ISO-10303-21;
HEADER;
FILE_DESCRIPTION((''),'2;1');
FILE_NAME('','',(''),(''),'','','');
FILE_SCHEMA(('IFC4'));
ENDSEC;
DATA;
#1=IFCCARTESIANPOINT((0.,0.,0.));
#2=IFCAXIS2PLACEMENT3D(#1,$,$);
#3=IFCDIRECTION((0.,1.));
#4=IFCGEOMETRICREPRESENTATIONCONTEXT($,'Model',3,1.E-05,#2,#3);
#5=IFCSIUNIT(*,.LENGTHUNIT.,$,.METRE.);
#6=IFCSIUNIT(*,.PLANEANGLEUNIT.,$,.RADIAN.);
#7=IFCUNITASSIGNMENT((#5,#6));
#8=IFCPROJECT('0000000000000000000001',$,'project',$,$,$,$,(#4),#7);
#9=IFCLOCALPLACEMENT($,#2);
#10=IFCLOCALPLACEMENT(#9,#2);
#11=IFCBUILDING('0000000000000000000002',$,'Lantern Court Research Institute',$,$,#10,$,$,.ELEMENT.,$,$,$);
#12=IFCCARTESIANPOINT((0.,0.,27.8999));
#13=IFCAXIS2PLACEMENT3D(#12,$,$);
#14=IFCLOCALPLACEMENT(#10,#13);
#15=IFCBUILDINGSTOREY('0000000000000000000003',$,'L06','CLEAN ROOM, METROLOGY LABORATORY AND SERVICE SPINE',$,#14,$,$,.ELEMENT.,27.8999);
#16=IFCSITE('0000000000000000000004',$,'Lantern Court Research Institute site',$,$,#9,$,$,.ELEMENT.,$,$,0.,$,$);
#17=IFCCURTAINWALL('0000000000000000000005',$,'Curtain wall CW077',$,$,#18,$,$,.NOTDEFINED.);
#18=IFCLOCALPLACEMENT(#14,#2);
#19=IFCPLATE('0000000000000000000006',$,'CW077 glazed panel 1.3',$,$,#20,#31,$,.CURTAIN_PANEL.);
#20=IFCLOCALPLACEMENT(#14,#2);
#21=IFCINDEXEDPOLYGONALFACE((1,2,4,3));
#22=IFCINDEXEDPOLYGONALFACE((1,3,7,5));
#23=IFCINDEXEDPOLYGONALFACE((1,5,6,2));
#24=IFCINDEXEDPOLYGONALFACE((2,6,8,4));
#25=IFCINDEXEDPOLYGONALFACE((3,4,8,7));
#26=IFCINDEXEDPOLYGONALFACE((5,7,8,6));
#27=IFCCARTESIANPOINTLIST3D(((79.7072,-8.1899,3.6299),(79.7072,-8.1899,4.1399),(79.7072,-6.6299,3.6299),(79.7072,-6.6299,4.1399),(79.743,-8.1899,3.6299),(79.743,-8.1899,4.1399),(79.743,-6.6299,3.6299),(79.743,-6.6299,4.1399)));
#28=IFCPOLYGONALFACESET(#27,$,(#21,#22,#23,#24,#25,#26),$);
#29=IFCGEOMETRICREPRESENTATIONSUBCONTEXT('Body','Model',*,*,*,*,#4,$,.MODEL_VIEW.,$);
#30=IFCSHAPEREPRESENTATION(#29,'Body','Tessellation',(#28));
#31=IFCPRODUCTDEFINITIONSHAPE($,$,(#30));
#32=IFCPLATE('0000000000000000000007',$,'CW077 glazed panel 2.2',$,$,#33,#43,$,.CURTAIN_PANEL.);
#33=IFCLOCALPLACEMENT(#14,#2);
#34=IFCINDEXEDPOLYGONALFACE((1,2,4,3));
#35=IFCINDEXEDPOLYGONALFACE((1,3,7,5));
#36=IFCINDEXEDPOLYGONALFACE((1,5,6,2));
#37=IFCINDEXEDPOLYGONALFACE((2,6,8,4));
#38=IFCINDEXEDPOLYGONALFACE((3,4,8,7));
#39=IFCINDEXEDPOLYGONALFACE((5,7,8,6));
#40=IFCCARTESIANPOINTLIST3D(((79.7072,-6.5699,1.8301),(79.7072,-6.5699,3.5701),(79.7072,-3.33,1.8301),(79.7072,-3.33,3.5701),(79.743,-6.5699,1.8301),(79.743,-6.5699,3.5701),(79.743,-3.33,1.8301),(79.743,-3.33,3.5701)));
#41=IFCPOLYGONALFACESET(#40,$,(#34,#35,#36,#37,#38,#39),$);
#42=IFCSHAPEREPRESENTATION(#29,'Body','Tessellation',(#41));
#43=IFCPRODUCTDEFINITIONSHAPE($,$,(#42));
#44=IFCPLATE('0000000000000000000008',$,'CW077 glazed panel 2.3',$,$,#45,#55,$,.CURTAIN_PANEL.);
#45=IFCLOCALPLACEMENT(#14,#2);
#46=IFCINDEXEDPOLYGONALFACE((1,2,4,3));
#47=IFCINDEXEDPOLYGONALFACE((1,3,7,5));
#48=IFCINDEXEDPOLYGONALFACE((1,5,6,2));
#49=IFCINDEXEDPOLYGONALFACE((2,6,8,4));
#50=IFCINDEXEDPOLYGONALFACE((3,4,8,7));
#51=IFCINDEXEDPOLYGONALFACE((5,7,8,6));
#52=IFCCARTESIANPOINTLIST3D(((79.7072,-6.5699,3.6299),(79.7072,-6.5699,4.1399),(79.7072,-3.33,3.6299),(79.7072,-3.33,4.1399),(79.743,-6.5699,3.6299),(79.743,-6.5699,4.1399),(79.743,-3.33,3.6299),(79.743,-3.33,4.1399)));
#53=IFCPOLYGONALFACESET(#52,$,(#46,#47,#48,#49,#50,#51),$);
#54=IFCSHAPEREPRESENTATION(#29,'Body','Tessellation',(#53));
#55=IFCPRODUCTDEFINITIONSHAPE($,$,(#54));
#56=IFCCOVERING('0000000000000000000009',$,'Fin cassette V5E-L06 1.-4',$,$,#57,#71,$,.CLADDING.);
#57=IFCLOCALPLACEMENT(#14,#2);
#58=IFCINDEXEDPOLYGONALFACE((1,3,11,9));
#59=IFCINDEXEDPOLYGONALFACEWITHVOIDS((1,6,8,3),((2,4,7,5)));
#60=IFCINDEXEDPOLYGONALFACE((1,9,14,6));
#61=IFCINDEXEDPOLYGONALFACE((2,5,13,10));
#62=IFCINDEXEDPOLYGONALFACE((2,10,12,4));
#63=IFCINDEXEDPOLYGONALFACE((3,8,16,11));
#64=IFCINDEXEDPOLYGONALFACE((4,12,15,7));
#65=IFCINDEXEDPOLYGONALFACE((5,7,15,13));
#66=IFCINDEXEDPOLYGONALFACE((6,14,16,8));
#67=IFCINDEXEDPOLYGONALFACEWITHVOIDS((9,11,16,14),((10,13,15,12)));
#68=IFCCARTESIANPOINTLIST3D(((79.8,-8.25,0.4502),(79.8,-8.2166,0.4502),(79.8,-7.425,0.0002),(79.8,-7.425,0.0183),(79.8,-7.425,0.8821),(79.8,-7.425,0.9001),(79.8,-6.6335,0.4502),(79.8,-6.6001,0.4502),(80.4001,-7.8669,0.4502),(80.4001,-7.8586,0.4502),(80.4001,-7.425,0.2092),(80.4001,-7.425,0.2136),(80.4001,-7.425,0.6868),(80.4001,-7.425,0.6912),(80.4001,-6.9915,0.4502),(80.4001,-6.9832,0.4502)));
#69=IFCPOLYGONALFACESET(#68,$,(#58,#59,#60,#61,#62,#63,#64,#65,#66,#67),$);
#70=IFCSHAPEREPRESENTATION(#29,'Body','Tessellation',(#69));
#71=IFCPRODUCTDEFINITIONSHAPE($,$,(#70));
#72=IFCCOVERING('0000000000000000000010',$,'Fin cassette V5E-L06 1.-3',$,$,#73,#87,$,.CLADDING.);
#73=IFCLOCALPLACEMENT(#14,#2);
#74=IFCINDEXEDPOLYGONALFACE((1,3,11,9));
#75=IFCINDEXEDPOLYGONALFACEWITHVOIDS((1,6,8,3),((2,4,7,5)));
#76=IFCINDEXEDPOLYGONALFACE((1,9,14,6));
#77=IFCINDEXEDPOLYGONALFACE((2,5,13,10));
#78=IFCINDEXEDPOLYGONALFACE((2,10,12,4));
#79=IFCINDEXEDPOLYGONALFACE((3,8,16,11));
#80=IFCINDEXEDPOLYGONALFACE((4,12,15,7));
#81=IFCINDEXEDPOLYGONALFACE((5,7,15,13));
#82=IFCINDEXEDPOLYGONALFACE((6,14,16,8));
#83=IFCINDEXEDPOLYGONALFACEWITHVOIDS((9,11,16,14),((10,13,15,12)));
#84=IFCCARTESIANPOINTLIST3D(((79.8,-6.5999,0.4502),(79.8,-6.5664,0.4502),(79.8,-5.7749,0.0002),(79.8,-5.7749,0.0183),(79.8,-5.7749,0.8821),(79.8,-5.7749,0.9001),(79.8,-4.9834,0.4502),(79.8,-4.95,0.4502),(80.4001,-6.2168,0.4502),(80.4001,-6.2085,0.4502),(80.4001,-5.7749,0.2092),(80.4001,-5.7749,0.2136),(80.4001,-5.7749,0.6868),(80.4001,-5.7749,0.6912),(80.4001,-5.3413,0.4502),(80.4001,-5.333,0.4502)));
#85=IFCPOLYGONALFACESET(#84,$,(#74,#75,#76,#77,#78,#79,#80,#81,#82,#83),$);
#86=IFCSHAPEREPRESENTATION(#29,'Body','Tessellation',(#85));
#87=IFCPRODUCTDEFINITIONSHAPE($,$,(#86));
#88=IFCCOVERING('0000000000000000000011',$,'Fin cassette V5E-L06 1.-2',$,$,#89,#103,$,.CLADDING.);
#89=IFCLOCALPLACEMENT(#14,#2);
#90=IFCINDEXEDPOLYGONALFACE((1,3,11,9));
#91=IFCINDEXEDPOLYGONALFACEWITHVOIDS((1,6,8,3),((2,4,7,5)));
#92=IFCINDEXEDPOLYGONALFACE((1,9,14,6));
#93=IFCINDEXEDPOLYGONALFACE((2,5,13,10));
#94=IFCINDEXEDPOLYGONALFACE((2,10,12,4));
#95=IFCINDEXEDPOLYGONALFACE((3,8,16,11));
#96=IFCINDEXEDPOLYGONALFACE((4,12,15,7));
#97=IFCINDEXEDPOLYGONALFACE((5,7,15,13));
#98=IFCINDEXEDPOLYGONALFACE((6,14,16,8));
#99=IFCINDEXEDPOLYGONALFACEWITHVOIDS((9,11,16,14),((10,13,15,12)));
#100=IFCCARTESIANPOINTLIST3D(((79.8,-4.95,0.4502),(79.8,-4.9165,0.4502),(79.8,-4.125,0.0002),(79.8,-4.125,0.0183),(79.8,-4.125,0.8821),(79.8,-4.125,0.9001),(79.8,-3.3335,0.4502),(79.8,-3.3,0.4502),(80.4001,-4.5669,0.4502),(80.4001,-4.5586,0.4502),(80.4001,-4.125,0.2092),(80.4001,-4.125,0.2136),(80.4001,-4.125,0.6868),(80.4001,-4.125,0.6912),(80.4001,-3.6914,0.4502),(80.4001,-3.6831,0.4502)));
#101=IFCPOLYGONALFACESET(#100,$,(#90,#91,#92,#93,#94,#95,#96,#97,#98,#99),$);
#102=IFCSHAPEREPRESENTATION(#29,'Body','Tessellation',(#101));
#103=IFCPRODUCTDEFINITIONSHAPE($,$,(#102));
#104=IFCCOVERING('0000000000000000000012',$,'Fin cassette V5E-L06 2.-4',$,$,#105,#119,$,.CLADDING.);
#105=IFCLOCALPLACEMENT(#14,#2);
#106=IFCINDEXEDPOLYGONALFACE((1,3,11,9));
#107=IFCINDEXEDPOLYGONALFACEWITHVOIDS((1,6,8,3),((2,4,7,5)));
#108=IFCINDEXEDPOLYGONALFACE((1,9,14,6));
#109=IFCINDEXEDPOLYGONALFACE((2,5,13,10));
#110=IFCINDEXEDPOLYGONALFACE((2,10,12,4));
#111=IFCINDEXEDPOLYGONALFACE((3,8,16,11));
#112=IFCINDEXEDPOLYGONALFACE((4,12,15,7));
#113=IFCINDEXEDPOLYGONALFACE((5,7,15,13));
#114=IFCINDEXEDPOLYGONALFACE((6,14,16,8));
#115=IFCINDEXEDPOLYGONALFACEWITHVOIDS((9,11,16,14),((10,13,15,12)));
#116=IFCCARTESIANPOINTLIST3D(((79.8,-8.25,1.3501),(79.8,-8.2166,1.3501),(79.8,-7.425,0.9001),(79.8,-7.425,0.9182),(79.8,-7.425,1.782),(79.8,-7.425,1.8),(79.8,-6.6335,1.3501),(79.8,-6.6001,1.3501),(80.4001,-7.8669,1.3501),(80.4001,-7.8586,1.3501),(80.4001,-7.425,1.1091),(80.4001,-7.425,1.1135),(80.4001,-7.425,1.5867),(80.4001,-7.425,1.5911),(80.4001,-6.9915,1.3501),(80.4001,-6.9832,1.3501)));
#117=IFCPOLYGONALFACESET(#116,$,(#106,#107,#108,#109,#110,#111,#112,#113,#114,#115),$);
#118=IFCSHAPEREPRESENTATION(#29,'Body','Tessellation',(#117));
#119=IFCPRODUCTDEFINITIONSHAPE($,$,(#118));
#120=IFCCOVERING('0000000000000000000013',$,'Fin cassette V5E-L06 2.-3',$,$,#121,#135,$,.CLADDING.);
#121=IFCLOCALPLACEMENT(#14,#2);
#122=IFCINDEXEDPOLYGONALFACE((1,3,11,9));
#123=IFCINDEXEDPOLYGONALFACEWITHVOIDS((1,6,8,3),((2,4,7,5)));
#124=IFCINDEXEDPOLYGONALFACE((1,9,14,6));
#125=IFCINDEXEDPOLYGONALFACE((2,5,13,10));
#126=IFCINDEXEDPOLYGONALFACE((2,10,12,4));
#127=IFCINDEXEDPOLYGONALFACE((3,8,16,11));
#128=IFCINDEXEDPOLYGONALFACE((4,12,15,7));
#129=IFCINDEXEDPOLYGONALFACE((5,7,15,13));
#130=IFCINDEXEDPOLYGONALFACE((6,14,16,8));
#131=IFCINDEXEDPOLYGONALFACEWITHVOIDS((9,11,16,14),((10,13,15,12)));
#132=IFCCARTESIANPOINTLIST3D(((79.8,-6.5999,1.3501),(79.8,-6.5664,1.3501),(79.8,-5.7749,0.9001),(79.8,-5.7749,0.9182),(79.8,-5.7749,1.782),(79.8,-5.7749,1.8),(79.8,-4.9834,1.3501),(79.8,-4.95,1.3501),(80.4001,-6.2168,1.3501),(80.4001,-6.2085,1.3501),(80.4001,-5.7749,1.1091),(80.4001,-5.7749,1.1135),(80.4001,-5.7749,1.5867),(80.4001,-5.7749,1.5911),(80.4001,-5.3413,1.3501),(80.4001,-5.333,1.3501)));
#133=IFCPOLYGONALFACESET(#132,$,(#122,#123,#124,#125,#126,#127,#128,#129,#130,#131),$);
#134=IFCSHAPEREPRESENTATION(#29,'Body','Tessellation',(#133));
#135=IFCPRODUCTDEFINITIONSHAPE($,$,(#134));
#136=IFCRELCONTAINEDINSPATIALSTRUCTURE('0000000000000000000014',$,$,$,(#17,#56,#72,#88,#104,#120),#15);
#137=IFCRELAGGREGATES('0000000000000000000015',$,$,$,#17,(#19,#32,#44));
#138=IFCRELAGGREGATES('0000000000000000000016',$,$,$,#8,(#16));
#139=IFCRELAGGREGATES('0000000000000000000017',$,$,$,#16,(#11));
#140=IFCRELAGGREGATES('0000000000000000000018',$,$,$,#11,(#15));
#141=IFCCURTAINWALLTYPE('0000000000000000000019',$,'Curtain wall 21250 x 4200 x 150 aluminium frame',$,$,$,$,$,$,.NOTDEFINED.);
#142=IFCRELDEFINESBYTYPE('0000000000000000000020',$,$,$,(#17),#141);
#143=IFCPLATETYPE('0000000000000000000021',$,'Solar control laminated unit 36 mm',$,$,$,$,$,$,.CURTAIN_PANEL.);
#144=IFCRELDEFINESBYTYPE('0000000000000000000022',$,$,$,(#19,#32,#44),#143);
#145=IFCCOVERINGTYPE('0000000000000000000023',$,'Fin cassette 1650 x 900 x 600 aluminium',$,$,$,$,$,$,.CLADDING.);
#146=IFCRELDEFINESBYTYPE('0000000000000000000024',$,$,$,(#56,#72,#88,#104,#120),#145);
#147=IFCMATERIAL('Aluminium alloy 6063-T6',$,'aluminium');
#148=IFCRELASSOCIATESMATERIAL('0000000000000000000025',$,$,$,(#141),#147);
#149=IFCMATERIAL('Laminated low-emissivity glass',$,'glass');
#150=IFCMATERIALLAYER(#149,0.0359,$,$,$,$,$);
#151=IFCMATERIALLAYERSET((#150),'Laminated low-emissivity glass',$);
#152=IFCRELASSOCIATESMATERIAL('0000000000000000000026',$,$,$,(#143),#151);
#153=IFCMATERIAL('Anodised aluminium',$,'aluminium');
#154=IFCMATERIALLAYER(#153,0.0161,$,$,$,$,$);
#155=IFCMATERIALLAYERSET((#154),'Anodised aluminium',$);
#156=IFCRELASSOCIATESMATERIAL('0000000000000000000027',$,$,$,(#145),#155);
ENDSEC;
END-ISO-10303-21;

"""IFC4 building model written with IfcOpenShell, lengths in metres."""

from ifc_helpers import new_model, entity, si_unit, direction, frame, origin, origin_2d, place, context, subcontext, project, spatial, rectangle, extrude, material, layer, layer_set, type_object, element, aggregate, save


model = new_model("IFC4")

# Units and contexts
model_context = context("Model", 3, precision=1e-05, world=origin(), true_north=direction((0.0, 1.0)))
body_context = subcontext(model_context, "Body", "Model", "MODEL_VIEW")
ifc_project = project(units=[si_unit("LENGTHUNIT", "METRE"), si_unit("PLANEANGLEUNIT", "RADIAN")], contexts=[model_context])

# Site, building, storey
site_placement = place(None, origin())
site = spatial("IfcSite", under=ifc_project, at=site_placement, Name="Lantern Court Research Institute site", CompositionType="ELEMENT", RefElevation=0.0)
building_placement = place(site_placement, origin())
building = spatial("IfcBuilding", under=site, at=building_placement, Name="Lantern Court Research Institute", CompositionType="ELEMENT")
storey_placement = place(building_placement, frame((0.0, 0.0, 27.8999)))
storey = spatial("IfcBuildingStorey", under=building, at=storey_placement, Name="L06", Description="CLEAN ROOM, METROLOGY LABORATORY AND SERVICE SPINE", CompositionType="ELEMENT", Elevation=27.8999)

# Curtain wall
ifc_material_1 = material(Name="Aluminium alloy 6063-T6", Category="aluminium")
curtain_wall_type_1 = type_object("IfcCurtainWallType", Name="Curtain wall 21250 x 4200 x 150 aluminium frame", PredefinedType="NOTDEFINED", material=ifc_material_1)
curtain_wall_1_placement = place(storey_placement, origin())
curtain_wall_1 = element("IfcCurtainWall", 1, at=curtain_wall_1_placement, inside=storey, type_object=curtain_wall_type_1, Name="Curtain wall CW077", PredefinedType="NOTDEFINED")

# Plates
ifc_material_2 = material(Name="Laminated low-emissivity glass", Category="glass")
ifc_layer_1 = layer(ifc_material_2, 0.0359)
ifc_layer_set_1 = layer_set([ifc_layer_1], Name="Laminated low-emissivity glass")
plate_type_1 = type_object("IfcPlateType", Name="Solar control laminated unit 36 mm", PredefinedType="CURTAIN_PANEL", material=ifc_layer_set_1)
plate_1_placement = place(storey_placement, frame((79.7251, -7.4099, 3.6299), z_axis=(0.0, 0.0, 1.0), x_axis=(0.0, -1.0, 0.0)))
plate_1 = element("IfcPlate", 2, at=plate_1_placement, type_object=plate_type_1, Name="CW077 glazed panel 1.3", PredefinedType="CURTAIN_PANEL", context=body_context, shape_type="SweptSolid", body=[
    extrude(rectangle(XDim=1.5601, YDim=0.0359, at=origin_2d()), origin(), (0.0, 0.0, 1.0), 0.51),
])
plate_2_placement = place(storey_placement, frame((79.7251, -4.95, 1.8301), z_axis=(0.0, 0.0, 1.0), x_axis=(0.0, -1.0, 0.0)))
plate_2 = element("IfcPlate", 3, at=plate_2_placement, type_object=plate_type_1, Name="CW077 glazed panel 2.2", PredefinedType="CURTAIN_PANEL", context=body_context, shape_type="SweptSolid", body=[
    extrude(rectangle(XDim=3.24, YDim=0.0359, at=origin_2d()), origin(), (0.0, 0.0, 1.0), 1.74),
])
plate_3_placement = place(storey_placement, frame((79.7251, -4.95, 3.6299), z_axis=(0.0, 0.0, 1.0), x_axis=(0.0, -1.0, 0.0)))
plate_3 = element("IfcPlate", 4, at=plate_3_placement, type_object=plate_type_1, Name="CW077 glazed panel 2.3", PredefinedType="CURTAIN_PANEL", context=body_context, shape_type="SweptSolid", body=[
    extrude(rectangle(XDim=3.24, YDim=0.0359, at=origin_2d()), origin(), (0.0, 0.0, 1.0), 0.51),
])
aggregate(curtain_wall_1, [plate_1, plate_2, plate_3])

# Coverings
ifc_material_3 = material(Name="Anodised aluminium", Category="aluminium")
ifc_layer_2 = layer(ifc_material_3, 0.0161)
ifc_layer_set_2 = layer_set([ifc_layer_2], Name="Anodised aluminium")
covering_type = type_object("IfcCoveringType", Name="Fin cassette 1650 x 900 x 600 aluminium", PredefinedType="CLADDING", material=ifc_layer_set_2)
covering_1_placement = place(storey_placement, frame((79.8, -7.425, 0.4502), z_axis=(1.0, 0.0, 0.0), x_axis=(0.0, 1.0, 0.0)))
cartesian_point_1 = entity("IfcCartesianPoint", [0.825, 0.0])
cartesian_point_2 = entity("IfcCartesianPoint", [0.7915, 0.0])
cartesian_point_3 = entity("IfcCartesianPoint", [0.4419, 0.0])
cartesian_point_4 = entity("IfcCartesianPoint", [0.4336, 0.0])
element("IfcCovering", 5, at=covering_1_placement, inside=storey, type_object=covering_type, Name="Fin cassette V5E-L06 1.-4", PredefinedType="CLADDING", context=body_context, shape_type="SweptSolid", body=[
    entity("IfcExtrudedAreaSolidTapered", entity("IfcArbitraryProfileDefWithVoids", "AREA", None, entity("IfcPolyline", [cartesian_point_1, entity("IfcCartesianPoint", [0.0, 0.45]), entity("IfcCartesianPoint", [-0.825, 0.0]), entity("IfcCartesianPoint", [0.0, -0.45]), cartesian_point_1]), [entity("IfcPolyline", [cartesian_point_2, entity("IfcCartesianPoint", [0.0, 0.4319]), entity("IfcCartesianPoint", [-0.7915, 0.0]), entity("IfcCartesianPoint", [0.0, -0.4319]), cartesian_point_2])]), entity("IfcAxis2Placement3D", entity("IfcCartesianPoint", [0.0, 0.0, 0.0])), entity("IfcDirection", [0.0, 0.0, 1.0]), 0.6001, entity("IfcArbitraryProfileDefWithVoids", "AREA", None, entity("IfcPolyline", [cartesian_point_3, entity("IfcCartesianPoint", [0.0, 0.241]), entity("IfcCartesianPoint", [-0.4419, 0.0]), entity("IfcCartesianPoint", [0.0, -0.241]), cartesian_point_3]), [entity("IfcPolyline", [cartesian_point_4, entity("IfcCartesianPoint", [0.0, 0.2366]), entity("IfcCartesianPoint", [-0.4336, 0.0]), entity("IfcCartesianPoint", [0.0, -0.2366]), cartesian_point_4])])),
])
covering_2_placement = place(storey_placement, frame((79.8, -5.7749, 0.4502), z_axis=(1.0, 0.0, 0.0), x_axis=(0.0, 1.0, 0.0)))
cartesian_point_5 = entity("IfcCartesianPoint", [0.825, 0.0])
cartesian_point_6 = entity("IfcCartesianPoint", [0.7915, 0.0])
cartesian_point_7 = entity("IfcCartesianPoint", [0.4419, 0.0])
cartesian_point_8 = entity("IfcCartesianPoint", [0.4336, 0.0])
element("IfcCovering", 6, at=covering_2_placement, inside=storey, type_object=covering_type, Name="Fin cassette V5E-L06 1.-3", PredefinedType="CLADDING", context=body_context, shape_type="SweptSolid", body=[
    entity("IfcExtrudedAreaSolidTapered", entity("IfcArbitraryProfileDefWithVoids", "AREA", None, entity("IfcPolyline", [cartesian_point_5, entity("IfcCartesianPoint", [0.0, 0.45]), entity("IfcCartesianPoint", [-0.825, 0.0]), entity("IfcCartesianPoint", [0.0, -0.45]), cartesian_point_5]), [entity("IfcPolyline", [cartesian_point_6, entity("IfcCartesianPoint", [0.0, 0.4319]), entity("IfcCartesianPoint", [-0.7915, 0.0]), entity("IfcCartesianPoint", [0.0, -0.4319]), cartesian_point_6])]), entity("IfcAxis2Placement3D", entity("IfcCartesianPoint", [0.0, 0.0, 0.0])), entity("IfcDirection", [0.0, 0.0, 1.0]), 0.6001, entity("IfcArbitraryProfileDefWithVoids", "AREA", None, entity("IfcPolyline", [cartesian_point_7, entity("IfcCartesianPoint", [0.0, 0.241]), entity("IfcCartesianPoint", [-0.4419, 0.0]), entity("IfcCartesianPoint", [0.0, -0.241]), cartesian_point_7]), [entity("IfcPolyline", [cartesian_point_8, entity("IfcCartesianPoint", [0.0, 0.2366]), entity("IfcCartesianPoint", [-0.4336, 0.0]), entity("IfcCartesianPoint", [0.0, -0.2366]), cartesian_point_8])])),
])
covering_3_placement = place(storey_placement, frame((79.8, -4.125, 0.4502), z_axis=(1.0, 0.0, 0.0), x_axis=(0.0, 1.0, 0.0)))
cartesian_point_9 = entity("IfcCartesianPoint", [0.825, 0.0])
cartesian_point_10 = entity("IfcCartesianPoint", [0.7915, 0.0])
cartesian_point_11 = entity("IfcCartesianPoint", [0.4419, 0.0])
cartesian_point_12 = entity("IfcCartesianPoint", [0.4336, 0.0])
element("IfcCovering", 7, at=covering_3_placement, inside=storey, type_object=covering_type, Name="Fin cassette V5E-L06 1.-2", PredefinedType="CLADDING", context=body_context, shape_type="SweptSolid", body=[
    entity("IfcExtrudedAreaSolidTapered", entity("IfcArbitraryProfileDefWithVoids", "AREA", None, entity("IfcPolyline", [cartesian_point_9, entity("IfcCartesianPoint", [0.0, 0.45]), entity("IfcCartesianPoint", [-0.825, 0.0]), entity("IfcCartesianPoint", [0.0, -0.45]), cartesian_point_9]), [entity("IfcPolyline", [cartesian_point_10, entity("IfcCartesianPoint", [0.0, 0.4319]), entity("IfcCartesianPoint", [-0.7915, 0.0]), entity("IfcCartesianPoint", [0.0, -0.4319]), cartesian_point_10])]), entity("IfcAxis2Placement3D", entity("IfcCartesianPoint", [0.0, 0.0, 0.0])), entity("IfcDirection", [0.0, 0.0, 1.0]), 0.6001, entity("IfcArbitraryProfileDefWithVoids", "AREA", None, entity("IfcPolyline", [cartesian_point_11, entity("IfcCartesianPoint", [0.0, 0.241]), entity("IfcCartesianPoint", [-0.4419, 0.0]), entity("IfcCartesianPoint", [0.0, -0.241]), cartesian_point_11]), [entity("IfcPolyline", [cartesian_point_12, entity("IfcCartesianPoint", [0.0, 0.2366]), entity("IfcCartesianPoint", [-0.4336, 0.0]), entity("IfcCartesianPoint", [0.0, -0.2366]), cartesian_point_12])])),
])
covering_4_placement = place(storey_placement, frame((79.8, -7.425, 1.3501), z_axis=(1.0, 0.0, 0.0), x_axis=(0.0, 1.0, 0.0)))
cartesian_point_13 = entity("IfcCartesianPoint", [0.825, 0.0])
cartesian_point_14 = entity("IfcCartesianPoint", [0.7915, 0.0])
cartesian_point_15 = entity("IfcCartesianPoint", [0.4419, 0.0])
cartesian_point_16 = entity("IfcCartesianPoint", [0.4336, 0.0])
element("IfcCovering", 8, at=covering_4_placement, inside=storey, type_object=covering_type, Name="Fin cassette V5E-L06 2.-4", PredefinedType="CLADDING", context=body_context, shape_type="SweptSolid", body=[
    entity("IfcExtrudedAreaSolidTapered", entity("IfcArbitraryProfileDefWithVoids", "AREA", None, entity("IfcPolyline", [cartesian_point_13, entity("IfcCartesianPoint", [0.0, 0.45]), entity("IfcCartesianPoint", [-0.825, 0.0]), entity("IfcCartesianPoint", [0.0, -0.45]), cartesian_point_13]), [entity("IfcPolyline", [cartesian_point_14, entity("IfcCartesianPoint", [0.0, 0.4319]), entity("IfcCartesianPoint", [-0.7915, 0.0]), entity("IfcCartesianPoint", [0.0, -0.4319]), cartesian_point_14])]), entity("IfcAxis2Placement3D", entity("IfcCartesianPoint", [0.0, 0.0, 0.0])), entity("IfcDirection", [0.0, 0.0, 1.0]), 0.6001, entity("IfcArbitraryProfileDefWithVoids", "AREA", None, entity("IfcPolyline", [cartesian_point_15, entity("IfcCartesianPoint", [0.0, 0.241]), entity("IfcCartesianPoint", [-0.4419, 0.0]), entity("IfcCartesianPoint", [0.0, -0.241]), cartesian_point_15]), [entity("IfcPolyline", [cartesian_point_16, entity("IfcCartesianPoint", [0.0, 0.2366]), entity("IfcCartesianPoint", [-0.4336, 0.0]), entity("IfcCartesianPoint", [0.0, -0.2366]), cartesian_point_16])])),
])
covering_5_placement = place(storey_placement, frame((79.8, -5.7749, 1.3501), z_axis=(1.0, 0.0, 0.0), x_axis=(0.0, 1.0, 0.0)))
cartesian_point_17 = entity("IfcCartesianPoint", [0.825, 0.0])
cartesian_point_18 = entity("IfcCartesianPoint", [0.7915, 0.0])
cartesian_point_19 = entity("IfcCartesianPoint", [0.4419, 0.0])
cartesian_point_20 = entity("IfcCartesianPoint", [0.4336, 0.0])
element("IfcCovering", 9, at=covering_5_placement, inside=storey, type_object=covering_type, Name="Fin cassette V5E-L06 2.-3", PredefinedType="CLADDING", context=body_context, shape_type="SweptSolid", body=[
    entity("IfcExtrudedAreaSolidTapered", entity("IfcArbitraryProfileDefWithVoids", "AREA", None, entity("IfcPolyline", [cartesian_point_17, entity("IfcCartesianPoint", [0.0, 0.45]), entity("IfcCartesianPoint", [-0.825, 0.0]), entity("IfcCartesianPoint", [0.0, -0.45]), cartesian_point_17]), [entity("IfcPolyline", [cartesian_point_18, entity("IfcCartesianPoint", [0.0, 0.4319]), entity("IfcCartesianPoint", [-0.7915, 0.0]), entity("IfcCartesianPoint", [0.0, -0.4319]), cartesian_point_18])]), entity("IfcAxis2Placement3D", entity("IfcCartesianPoint", [0.0, 0.0, 0.0])), entity("IfcDirection", [0.0, 0.0, 1.0]), 0.6001, entity("IfcArbitraryProfileDefWithVoids", "AREA", None, entity("IfcPolyline", [cartesian_point_19, entity("IfcCartesianPoint", [0.0, 0.241]), entity("IfcCartesianPoint", [-0.4419, 0.0]), entity("IfcCartesianPoint", [0.0, -0.241]), cartesian_point_19]), [entity("IfcPolyline", [cartesian_point_20, entity("IfcCartesianPoint", [0.0, 0.2366]), entity("IfcCartesianPoint", [-0.4336, 0.0]), entity("IfcCartesianPoint", [0.0, -0.2366]), cartesian_point_20])])),
])

save(model, "model.ifc")
